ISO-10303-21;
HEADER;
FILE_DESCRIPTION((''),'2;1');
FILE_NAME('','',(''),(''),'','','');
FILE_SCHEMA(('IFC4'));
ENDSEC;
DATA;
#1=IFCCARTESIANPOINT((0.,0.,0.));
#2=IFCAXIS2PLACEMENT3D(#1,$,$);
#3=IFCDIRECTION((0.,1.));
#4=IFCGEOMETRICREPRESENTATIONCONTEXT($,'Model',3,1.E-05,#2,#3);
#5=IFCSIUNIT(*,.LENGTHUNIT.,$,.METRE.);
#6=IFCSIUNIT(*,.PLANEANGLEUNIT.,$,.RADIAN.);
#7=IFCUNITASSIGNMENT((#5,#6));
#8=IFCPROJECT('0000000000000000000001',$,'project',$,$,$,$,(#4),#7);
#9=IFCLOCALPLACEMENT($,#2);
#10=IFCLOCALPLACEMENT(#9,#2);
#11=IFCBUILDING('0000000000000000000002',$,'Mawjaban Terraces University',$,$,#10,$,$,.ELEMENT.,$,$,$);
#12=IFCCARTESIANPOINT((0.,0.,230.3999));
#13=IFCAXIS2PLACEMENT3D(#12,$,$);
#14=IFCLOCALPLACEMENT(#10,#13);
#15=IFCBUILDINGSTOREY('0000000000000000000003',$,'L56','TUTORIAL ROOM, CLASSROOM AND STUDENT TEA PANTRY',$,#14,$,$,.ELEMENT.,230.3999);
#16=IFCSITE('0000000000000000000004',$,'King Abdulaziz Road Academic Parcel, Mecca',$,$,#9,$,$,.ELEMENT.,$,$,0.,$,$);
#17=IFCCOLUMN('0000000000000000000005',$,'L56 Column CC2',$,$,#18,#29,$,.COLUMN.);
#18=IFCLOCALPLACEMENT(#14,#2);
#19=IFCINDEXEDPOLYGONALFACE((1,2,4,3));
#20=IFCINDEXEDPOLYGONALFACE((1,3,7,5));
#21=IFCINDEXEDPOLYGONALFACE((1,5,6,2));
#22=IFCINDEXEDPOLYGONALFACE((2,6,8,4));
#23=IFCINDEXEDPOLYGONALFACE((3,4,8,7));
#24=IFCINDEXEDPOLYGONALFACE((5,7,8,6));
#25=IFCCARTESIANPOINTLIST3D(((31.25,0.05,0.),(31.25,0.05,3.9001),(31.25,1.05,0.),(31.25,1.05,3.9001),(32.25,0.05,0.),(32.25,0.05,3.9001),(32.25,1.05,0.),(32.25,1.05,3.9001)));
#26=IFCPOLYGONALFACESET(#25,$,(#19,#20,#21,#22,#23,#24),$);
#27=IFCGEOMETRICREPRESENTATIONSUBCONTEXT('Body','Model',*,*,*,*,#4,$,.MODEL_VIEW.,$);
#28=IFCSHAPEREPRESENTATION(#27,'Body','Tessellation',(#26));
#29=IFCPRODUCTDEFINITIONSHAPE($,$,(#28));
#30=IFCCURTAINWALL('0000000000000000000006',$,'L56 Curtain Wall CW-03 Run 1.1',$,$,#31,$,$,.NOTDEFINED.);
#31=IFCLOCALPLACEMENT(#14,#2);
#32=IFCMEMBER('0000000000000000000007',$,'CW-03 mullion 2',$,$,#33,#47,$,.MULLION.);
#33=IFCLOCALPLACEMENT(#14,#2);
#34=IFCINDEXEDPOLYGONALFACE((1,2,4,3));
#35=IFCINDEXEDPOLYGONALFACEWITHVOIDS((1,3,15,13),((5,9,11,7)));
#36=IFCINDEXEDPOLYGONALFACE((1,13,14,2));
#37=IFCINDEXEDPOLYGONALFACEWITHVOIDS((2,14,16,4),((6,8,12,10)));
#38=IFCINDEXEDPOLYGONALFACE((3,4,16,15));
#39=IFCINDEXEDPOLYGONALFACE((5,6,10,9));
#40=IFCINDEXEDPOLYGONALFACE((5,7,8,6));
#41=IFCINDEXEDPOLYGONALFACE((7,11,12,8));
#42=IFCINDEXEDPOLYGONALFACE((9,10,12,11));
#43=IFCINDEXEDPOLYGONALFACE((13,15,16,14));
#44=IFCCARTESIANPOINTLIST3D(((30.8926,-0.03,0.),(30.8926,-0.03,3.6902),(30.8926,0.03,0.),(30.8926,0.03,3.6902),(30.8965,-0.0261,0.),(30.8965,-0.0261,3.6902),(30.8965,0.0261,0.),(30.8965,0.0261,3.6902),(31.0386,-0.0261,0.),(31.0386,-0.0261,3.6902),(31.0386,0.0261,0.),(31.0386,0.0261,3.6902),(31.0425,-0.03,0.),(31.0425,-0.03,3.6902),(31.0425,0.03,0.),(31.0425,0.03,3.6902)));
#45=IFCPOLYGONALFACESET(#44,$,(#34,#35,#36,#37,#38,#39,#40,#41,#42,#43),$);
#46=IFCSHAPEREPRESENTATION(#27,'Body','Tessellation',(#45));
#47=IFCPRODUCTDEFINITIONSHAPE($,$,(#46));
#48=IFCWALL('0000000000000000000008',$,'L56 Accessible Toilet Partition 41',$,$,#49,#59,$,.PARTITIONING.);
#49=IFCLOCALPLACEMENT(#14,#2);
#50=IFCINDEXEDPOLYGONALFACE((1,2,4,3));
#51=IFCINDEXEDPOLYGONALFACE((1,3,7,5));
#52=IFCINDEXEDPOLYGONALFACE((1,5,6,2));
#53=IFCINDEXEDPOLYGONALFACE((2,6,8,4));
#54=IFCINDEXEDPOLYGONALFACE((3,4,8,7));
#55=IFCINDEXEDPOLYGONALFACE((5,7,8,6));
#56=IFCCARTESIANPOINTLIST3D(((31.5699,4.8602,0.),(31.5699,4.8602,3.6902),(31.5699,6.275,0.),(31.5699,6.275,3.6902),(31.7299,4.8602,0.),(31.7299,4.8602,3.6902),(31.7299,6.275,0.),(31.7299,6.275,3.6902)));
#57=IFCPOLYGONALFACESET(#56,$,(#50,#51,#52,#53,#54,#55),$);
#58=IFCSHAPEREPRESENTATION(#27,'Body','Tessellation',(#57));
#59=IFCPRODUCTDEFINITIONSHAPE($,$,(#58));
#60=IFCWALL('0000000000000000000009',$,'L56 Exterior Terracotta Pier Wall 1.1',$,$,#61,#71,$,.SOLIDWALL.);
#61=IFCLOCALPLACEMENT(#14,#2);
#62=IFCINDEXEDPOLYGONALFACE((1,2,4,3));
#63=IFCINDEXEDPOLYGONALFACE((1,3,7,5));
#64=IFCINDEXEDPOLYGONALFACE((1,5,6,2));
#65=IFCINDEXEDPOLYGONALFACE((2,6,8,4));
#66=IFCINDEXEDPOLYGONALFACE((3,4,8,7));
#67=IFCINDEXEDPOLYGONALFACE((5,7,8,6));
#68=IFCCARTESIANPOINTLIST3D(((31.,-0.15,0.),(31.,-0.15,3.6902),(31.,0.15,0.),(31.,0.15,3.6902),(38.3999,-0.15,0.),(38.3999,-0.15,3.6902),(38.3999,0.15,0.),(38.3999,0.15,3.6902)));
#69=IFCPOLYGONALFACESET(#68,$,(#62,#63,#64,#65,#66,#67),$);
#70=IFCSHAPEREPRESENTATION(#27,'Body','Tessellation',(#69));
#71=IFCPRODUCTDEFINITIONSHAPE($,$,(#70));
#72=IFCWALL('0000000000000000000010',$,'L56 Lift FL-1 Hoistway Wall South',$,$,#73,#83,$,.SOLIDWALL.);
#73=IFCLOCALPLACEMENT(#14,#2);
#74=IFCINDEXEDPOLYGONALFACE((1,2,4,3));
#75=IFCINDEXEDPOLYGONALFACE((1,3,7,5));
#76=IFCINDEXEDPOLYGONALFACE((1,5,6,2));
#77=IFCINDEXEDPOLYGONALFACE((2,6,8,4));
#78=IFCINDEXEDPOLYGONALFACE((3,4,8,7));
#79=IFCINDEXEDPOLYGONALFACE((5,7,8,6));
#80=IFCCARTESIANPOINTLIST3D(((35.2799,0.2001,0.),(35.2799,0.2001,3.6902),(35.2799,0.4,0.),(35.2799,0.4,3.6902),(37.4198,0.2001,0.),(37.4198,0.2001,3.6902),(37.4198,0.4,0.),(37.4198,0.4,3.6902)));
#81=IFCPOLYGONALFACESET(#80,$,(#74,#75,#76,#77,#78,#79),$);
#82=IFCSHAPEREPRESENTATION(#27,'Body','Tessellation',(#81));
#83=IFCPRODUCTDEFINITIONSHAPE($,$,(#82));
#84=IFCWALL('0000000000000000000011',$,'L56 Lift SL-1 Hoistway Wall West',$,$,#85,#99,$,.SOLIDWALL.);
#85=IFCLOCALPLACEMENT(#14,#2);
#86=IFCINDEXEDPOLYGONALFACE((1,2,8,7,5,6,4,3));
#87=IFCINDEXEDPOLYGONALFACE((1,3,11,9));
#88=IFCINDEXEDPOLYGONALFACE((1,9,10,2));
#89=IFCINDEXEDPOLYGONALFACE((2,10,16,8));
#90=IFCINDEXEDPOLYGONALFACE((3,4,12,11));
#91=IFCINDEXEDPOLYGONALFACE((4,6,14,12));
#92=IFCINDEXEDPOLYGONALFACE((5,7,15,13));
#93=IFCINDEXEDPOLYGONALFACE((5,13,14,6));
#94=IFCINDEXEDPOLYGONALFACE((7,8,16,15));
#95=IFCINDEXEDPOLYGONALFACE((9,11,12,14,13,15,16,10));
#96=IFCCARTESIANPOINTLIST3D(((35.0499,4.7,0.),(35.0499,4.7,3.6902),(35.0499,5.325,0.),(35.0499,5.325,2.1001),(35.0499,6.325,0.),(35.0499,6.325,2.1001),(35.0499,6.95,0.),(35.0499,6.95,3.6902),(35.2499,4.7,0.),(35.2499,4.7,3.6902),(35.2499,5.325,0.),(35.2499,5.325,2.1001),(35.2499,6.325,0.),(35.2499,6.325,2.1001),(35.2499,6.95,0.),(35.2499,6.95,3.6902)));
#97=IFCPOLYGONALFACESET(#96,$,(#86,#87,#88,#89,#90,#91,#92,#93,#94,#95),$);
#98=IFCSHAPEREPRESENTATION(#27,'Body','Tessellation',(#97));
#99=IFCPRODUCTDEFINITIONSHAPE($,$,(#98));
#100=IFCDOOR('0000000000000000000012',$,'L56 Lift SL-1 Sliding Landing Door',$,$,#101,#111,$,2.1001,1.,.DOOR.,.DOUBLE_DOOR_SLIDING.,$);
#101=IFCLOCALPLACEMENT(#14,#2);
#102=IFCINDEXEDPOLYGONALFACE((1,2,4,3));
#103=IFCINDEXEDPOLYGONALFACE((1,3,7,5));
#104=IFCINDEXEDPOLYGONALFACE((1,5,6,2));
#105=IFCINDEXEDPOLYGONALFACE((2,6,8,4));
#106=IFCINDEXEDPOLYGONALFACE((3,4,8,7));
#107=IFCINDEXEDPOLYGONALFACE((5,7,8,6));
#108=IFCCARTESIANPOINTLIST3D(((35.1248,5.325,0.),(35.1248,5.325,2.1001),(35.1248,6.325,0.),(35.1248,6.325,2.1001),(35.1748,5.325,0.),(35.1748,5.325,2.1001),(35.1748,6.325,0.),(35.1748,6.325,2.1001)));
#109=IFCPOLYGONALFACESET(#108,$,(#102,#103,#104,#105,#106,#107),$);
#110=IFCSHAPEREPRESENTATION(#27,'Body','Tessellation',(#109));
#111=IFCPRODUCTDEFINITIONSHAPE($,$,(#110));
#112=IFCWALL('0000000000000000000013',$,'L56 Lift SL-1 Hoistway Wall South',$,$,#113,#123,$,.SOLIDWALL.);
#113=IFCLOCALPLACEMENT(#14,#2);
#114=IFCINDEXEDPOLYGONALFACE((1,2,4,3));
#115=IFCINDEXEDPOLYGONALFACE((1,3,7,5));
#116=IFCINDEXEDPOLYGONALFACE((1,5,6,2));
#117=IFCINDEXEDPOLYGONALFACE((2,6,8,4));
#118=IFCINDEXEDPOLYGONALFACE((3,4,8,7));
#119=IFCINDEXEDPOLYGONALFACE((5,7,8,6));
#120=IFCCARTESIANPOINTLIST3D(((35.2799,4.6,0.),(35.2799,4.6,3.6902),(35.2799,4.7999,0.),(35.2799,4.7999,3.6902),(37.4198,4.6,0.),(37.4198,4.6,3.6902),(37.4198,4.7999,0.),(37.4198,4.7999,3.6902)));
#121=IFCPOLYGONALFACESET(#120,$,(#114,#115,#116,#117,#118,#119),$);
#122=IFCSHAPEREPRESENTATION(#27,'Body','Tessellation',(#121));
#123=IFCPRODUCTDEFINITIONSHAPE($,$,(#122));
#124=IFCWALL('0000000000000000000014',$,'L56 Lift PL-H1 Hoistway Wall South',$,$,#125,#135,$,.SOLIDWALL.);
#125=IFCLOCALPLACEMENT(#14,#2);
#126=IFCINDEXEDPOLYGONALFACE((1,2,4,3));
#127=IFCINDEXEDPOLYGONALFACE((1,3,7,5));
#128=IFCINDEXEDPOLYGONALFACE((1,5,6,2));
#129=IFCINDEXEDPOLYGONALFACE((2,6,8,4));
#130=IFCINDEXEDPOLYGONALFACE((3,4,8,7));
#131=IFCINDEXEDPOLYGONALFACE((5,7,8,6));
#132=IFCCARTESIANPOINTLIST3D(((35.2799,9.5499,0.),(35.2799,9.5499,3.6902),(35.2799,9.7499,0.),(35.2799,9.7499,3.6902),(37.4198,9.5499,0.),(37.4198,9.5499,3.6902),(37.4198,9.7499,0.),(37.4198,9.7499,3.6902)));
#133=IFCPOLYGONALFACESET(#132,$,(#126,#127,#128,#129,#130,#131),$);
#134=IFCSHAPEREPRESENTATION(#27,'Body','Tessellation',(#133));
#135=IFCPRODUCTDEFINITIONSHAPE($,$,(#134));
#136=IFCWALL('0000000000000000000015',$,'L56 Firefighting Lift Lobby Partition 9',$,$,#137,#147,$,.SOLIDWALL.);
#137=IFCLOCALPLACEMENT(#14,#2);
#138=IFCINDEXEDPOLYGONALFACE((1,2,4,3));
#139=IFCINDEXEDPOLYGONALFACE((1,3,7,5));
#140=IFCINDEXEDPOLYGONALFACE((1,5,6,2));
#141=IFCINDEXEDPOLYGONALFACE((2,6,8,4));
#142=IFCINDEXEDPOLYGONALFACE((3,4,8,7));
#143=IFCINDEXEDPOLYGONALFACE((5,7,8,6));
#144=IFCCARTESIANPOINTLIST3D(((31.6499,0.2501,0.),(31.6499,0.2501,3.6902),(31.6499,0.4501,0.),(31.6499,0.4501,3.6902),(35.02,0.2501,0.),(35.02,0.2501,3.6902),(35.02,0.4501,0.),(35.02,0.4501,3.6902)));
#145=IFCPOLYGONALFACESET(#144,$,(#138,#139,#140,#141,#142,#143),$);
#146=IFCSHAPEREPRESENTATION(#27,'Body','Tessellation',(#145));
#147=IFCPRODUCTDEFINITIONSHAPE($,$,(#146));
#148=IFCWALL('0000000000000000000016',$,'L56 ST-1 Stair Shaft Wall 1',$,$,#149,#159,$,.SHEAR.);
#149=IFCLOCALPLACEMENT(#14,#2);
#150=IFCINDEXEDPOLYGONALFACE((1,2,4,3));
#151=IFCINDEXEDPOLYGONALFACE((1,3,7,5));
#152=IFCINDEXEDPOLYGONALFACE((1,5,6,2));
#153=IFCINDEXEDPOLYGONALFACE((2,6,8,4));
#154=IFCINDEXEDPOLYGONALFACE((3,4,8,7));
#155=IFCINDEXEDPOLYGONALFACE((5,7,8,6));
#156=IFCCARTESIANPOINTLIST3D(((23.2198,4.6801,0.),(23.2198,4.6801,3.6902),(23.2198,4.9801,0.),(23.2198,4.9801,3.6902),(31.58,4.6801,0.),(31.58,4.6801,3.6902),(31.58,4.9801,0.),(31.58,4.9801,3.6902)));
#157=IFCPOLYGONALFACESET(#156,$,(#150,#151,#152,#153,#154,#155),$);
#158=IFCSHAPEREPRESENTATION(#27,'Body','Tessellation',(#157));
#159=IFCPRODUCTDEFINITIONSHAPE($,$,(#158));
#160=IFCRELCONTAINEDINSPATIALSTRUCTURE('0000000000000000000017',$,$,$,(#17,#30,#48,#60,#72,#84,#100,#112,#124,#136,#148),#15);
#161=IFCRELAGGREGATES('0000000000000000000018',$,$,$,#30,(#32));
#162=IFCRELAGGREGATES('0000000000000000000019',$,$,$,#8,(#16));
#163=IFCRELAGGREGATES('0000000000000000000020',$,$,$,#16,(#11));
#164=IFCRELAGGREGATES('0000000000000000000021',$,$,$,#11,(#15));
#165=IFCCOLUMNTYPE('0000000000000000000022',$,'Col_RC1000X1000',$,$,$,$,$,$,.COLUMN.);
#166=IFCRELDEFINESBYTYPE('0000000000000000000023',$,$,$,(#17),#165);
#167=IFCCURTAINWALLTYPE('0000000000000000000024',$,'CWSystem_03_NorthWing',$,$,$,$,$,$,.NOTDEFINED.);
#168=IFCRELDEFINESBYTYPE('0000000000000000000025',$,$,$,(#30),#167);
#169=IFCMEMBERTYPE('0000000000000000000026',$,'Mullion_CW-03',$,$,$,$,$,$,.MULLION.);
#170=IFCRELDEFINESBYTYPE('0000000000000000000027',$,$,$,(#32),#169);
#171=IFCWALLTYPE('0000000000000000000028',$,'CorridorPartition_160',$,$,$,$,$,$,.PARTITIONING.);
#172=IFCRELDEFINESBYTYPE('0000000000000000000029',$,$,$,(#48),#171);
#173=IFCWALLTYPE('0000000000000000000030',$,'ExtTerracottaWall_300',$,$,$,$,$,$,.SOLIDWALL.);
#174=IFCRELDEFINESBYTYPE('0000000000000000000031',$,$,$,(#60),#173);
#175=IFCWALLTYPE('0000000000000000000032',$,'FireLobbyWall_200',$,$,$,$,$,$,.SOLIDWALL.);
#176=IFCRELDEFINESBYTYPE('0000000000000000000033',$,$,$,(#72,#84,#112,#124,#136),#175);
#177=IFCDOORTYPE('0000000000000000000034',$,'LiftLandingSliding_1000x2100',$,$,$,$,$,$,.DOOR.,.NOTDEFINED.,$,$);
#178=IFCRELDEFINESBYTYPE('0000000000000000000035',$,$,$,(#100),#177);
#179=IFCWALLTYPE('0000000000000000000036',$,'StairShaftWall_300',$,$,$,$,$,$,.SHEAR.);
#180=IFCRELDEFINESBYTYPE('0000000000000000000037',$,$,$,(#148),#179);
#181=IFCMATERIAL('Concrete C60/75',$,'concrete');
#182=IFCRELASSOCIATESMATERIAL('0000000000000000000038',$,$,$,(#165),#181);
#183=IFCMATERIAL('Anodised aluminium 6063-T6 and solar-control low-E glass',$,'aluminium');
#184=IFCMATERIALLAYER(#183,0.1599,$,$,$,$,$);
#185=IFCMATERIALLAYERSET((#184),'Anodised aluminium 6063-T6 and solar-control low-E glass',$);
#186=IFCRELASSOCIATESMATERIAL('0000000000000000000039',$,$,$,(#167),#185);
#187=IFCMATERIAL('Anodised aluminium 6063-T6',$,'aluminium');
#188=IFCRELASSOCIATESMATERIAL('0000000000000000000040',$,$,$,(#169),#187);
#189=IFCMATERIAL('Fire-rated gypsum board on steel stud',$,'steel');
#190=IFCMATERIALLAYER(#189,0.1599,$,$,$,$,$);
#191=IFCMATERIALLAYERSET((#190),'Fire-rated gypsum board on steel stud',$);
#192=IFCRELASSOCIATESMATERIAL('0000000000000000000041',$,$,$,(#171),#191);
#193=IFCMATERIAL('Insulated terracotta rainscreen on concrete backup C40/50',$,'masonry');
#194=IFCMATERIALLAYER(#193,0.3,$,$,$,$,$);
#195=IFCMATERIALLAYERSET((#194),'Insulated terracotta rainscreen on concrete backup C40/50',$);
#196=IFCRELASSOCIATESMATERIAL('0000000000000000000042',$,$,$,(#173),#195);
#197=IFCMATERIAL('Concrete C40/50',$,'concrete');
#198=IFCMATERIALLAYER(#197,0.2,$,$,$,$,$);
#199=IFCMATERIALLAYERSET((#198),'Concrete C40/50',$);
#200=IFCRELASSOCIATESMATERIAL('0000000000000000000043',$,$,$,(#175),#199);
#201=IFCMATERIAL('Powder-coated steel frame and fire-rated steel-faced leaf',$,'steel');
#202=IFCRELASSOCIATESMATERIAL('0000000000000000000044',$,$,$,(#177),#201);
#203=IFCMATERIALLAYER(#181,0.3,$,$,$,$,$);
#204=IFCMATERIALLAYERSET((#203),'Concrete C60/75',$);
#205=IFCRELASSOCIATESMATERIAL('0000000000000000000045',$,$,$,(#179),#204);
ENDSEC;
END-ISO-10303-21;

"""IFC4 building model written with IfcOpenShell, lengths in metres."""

from ifc_helpers import new_model, si_unit, direction, frame, frame_2d, origin, origin_2d, place, context, subcontext, project, spatial, rectangle, hollow_rectangle, extrude, material, layer, layer_set, material_profile, profile_set, type_object, element, fill, aggregate, save


model = new_model("IFC4")

# Units and contexts
model_context = context("Model", 3, precision=1e-05, world=origin(), true_north=direction((0.0, 1.0)))
body_context = subcontext(model_context, "Body", "Model", "MODEL_VIEW")
ifc_project = project(units=[si_unit("LENGTHUNIT", "METRE"), si_unit("PLANEANGLEUNIT", "RADIAN")], contexts=[model_context])

# Site, building, storey
site_placement = place(None, origin())
site = spatial("IfcSite", under=ifc_project, at=site_placement, Name="King Abdulaziz Road Academic Parcel, Mecca", CompositionType="ELEMENT", RefElevation=0.0)
building_placement = place(site_placement, origin())
building = spatial("IfcBuilding", under=site, at=building_placement, Name="Mawjaban Terraces University", CompositionType="ELEMENT")
storey_placement = place(building_placement, frame((0.0, 0.0, 230.3999)))
storey = spatial("IfcBuildingStorey", under=building, at=storey_placement, Name="L56", Description="TUTORIAL ROOM, CLASSROOM AND STUDENT TEA PANTRY", CompositionType="ELEMENT", Elevation=230.3999)

# Column
ifc_material_1 = material(Name="Concrete C60/75", Category="concrete")
ifc_material_profile_1 = material_profile(ifc_material_1, rectangle(XDim=1.0, YDim=1.0, at=origin_2d()), Name="RC1000X1000")
ifc_profile_set_1 = profile_set([ifc_material_profile_1], Name="Concrete C60/75")
column_type = type_object("IfcColumnType", Name="Col_RC1000X1000", PredefinedType="COLUMN", material=ifc_profile_set_1)
column_placement = place(storey_placement, frame((31.75, 0.55, 0.0), z_axis=(0.0, 0.0, 1.0), x_axis=(1.0, 0.0, 0.0)))
element("IfcColumn", 1, at=column_placement, inside=storey, type_object=column_type, Name="L56 Column CC2", PredefinedType="COLUMN", context=body_context, shape_type="SweptSolid", body=[
    extrude(rectangle(XDim=1.0, YDim=1.0, at=origin_2d()), origin(), (0.0, 0.0, 1.0), 3.9001),
])

# Curtain wall, member
ifc_material_2 = material(Name="Anodised aluminium 6063-T6 and solar-control low-E glass", Category="aluminium")
ifc_layer_1 = layer(ifc_material_2, 0.1599)
ifc_layer_set_1 = layer_set([ifc_layer_1], Name="Anodised aluminium 6063-T6 and solar-control low-E glass")
curtain_wall_type = type_object("IfcCurtainWallType", Name="CWSystem_03_NorthWing", PredefinedType="NOTDEFINED", material=ifc_layer_set_1)
curtain_wall_placement = place(storey_placement, origin())
curtain_wall = element("IfcCurtainWall", 2, at=curtain_wall_placement, inside=storey, type_object=curtain_wall_type, Name="L56 Curtain Wall CW-03 Run 1.1", PredefinedType="NOTDEFINED")
ifc_material_3 = material(Name="Anodised aluminium 6063-T6", Category="aluminium")
ifc_material_profile_2 = material_profile(ifc_material_3, hollow_rectangle(XDim=0.0601, YDim=0.1499, WallThickness=0.0039, at=origin_2d()), Name="ALU150X60X4")
ifc_profile_set_2 = profile_set([ifc_material_profile_2], Name="Anodised aluminium 6063-T6")
member_type = type_object("IfcMemberType", Name="Mullion_CW-03", PredefinedType="MULLION", material=ifc_profile_set_2)
member_placement = place(storey_placement, frame((30.9675, 0.0, 0.0), z_axis=(0.0, 0.0, 1.0), x_axis=(0.0, 1.0, 0.0)))
member = element("IfcMember", 3, at=member_placement, type_object=member_type, Name="CW-03 mullion 2", PredefinedType="MULLION", context=body_context, shape_type="SweptSolid", body=[
    extrude(hollow_rectangle(XDim=0.0601, YDim=0.1499, WallThickness=0.0039, at=origin_2d()), origin(), (0.0, 0.0, 1.0), 3.6902),
])
aggregate(curtain_wall, [member])

# Walls
ifc_material_4 = material(Name="Fire-rated gypsum board on steel stud", Category="steel")
ifc_layer_2 = layer(ifc_material_4, 0.1599)
ifc_layer_set_2 = layer_set([ifc_layer_2], Name="Fire-rated gypsum board on steel stud")
wall_type_1 = type_object("IfcWallType", Name="CorridorPartition_160", PredefinedType="PARTITIONING", material=ifc_layer_set_2)
wall_1_placement = place(storey_placement, frame((31.6499, 4.8601, 0.0), z_axis=(0.0, 0.0, 1.0), x_axis=(0.0, 1.0, 0.0)))
element("IfcWall", 4, at=wall_1_placement, inside=storey, type_object=wall_type_1, Name="L56 Accessible Toilet Partition 41", PredefinedType="PARTITIONING", context=body_context, shape_type="SweptSolid", body=[
    extrude(rectangle(XDim=1.4148, YDim=0.1599, at=frame_2d((0.7075, 0.0))), origin(), (0.0, 0.0, 1.0), 3.6902),
])
ifc_material_5 = material(Name="Insulated terracotta rainscreen on concrete backup C40/50", Category="masonry")
ifc_layer_3 = layer(ifc_material_5, 0.3)
ifc_layer_set_3 = layer_set([ifc_layer_3], Name="Insulated terracotta rainscreen on concrete backup C40/50")
wall_type_2 = type_object("IfcWallType", Name="ExtTerracottaWall_300", PredefinedType="SOLIDWALL", material=ifc_layer_set_3)
wall_2_placement = place(storey_placement, frame((31.0, 0.0, 0.0), z_axis=(0.0, 0.0, 1.0), x_axis=(1.0, 0.0, 0.0)))
element("IfcWall", 5, at=wall_2_placement, inside=storey, type_object=wall_type_2, Name="L56 Exterior Terracotta Pier Wall 1.1", PredefinedType="SOLIDWALL", context=body_context, shape_type="SweptSolid", body=[
    extrude(rectangle(XDim=7.3999, YDim=0.3, at=frame_2d((3.7, 0.0))), origin(), (0.0, 0.0, 1.0), 3.6902),
])

# Shared definitions
ifc_material_6 = material(Name="Concrete C40/50", Category="concrete")
ifc_layer_4 = layer(ifc_material_6, 0.2)
ifc_layer_set_4 = layer_set([ifc_layer_4], Name="Concrete C40/50")
wall_type_3 = type_object("IfcWallType", Name="FireLobbyWall_200", PredefinedType="SOLIDWALL", material=ifc_layer_set_4)
ifc_material_7 = material(Name="Powder-coated steel frame and fire-rated steel-faced leaf", Category="steel")

# Wall
wall_3_placement = place(storey_placement, frame((35.28, 0.3, 0.0), z_axis=(0.0, 0.0, 1.0), x_axis=(1.0, 0.0, 0.0)))
element("IfcWall", 6, at=wall_3_placement, inside=storey, type_object=wall_type_3, Name="L56 Lift FL-1 Hoistway Wall South", PredefinedType="SOLIDWALL", context=body_context, shape_type="SweptSolid", body=[
    extrude(rectangle(XDim=2.1399, YDim=0.2, at=frame_2d((1.0698, 0.0))), origin(), (0.0, 0.0, 1.0), 3.6902),
])

# Wall, opening, door
wall_4_placement = place(storey_placement, frame((35.1499, 6.95, 0.0), z_axis=(0.0, 0.0, 1.0), x_axis=(0.0, -1.0, 0.0)))
wall_4 = element("IfcWall", 7, at=wall_4_placement, inside=storey, type_object=wall_type_3, Name="L56 Lift SL-1 Hoistway Wall West", PredefinedType="SOLIDWALL", context=body_context, shape_type="SweptSolid", body=[
    extrude(rectangle(XDim=2.25, YDim=0.2, at=frame_2d((1.125, 0.0))), origin(), (0.0, 0.0, 1.0), 3.6902),
])
opening_1_placement = place(wall_4_placement, frame((0.625, 0.0, 0.0)))
opening_1 = element("IfcOpeningElement", 8, at=opening_1_placement, cuts=wall_4, PredefinedType="OPENING", context=body_context, shape_type="SweptSolid", body=[
    extrude(rectangle(XDim=1.0, YDim=2.1001, at=frame_2d((0.5, 1.05))), frame((0.0, 0.1099, 0.0), z_axis=(0.0, -1.0, 0.0), x_axis=(1.0, 0.0, 0.0)), (0.0, 0.0, 1.0), 0.22),
])
door_type_1 = type_object("IfcDoorType", Name="LiftLandingSliding_1000x2100", OperationType="NOTDEFINED", PredefinedType="DOOR", material=ifc_material_7)
door_1_placement = place(opening_1_placement, origin())
door_1 = element("IfcDoor", 9, at=door_1_placement, inside=storey, type_object=door_type_1, Name="L56 Lift SL-1 Sliding Landing Door", OperationType="DOUBLE_DOOR_SLIDING", OverallHeight=2.1001, OverallWidth=1.0, PredefinedType="DOOR", context=body_context, shape_type="SweptSolid", body=[
    extrude(rectangle(XDim=1.0, YDim=2.1001, at=frame_2d((0.5, 1.05))), frame((0.0, 0.0249, 0.0), z_axis=(0.0, -1.0, 0.0), x_axis=(1.0, 0.0, 0.0)), (0.0, 0.0, 1.0), 0.05),
])
fill(opening_1, door_1)

# Walls
for number, where, z_axis, x_axis, name in (
    (10, (35.28, 4.7, 0.0), (0.0, 0.0, 1.0), (1.0, 0.0, 0.0), "L56 Lift SL-1 Hoistway Wall South"),
    (11, (35.28, 9.6499, 0.0), (0.0, 0.0, 1.0), (1.0, 0.0, 0.0), "L56 Lift PL-H1 Hoistway Wall South"),
):
    element("IfcWall", number, at=place(storey_placement, frame(where, z_axis=z_axis, x_axis=x_axis)), inside=storey, type_object=wall_type_3, Name=name, PredefinedType="SOLIDWALL", context=body_context, shape_type="SweptSolid", body=[
        extrude(rectangle(XDim=2.1399, YDim=0.2, at=frame_2d((1.0698, 0.0))), origin(), (0.0, 0.0, 1.0), 3.6902),
    ])
wall_5_placement = place(storey_placement, frame((31.6499, 0.3501, 0.0), z_axis=(0.0, 0.0, 1.0), x_axis=(1.0, 0.0, 0.0)))
element("IfcWall", 12, at=wall_5_placement, inside=storey, type_object=wall_type_3, Name="L56 Firefighting Lift Lobby Partition 9", PredefinedType="SOLIDWALL", context=body_context, shape_type="SweptSolid", body=[
    extrude(rectangle(XDim=3.3701, YDim=0.2, at=frame_2d((1.6851, 0.0))), origin(), (0.0, 0.0, 1.0), 3.6902),
])

# Wall
ifc_layer_5 = layer(ifc_material_1, 0.3)
ifc_layer_set_5 = layer_set([ifc_layer_5], Name="Concrete C60/75")
wall_type_4 = type_object("IfcWallType", Name="StairShaftWall_300", PredefinedType="SHEAR", material=ifc_layer_set_5)
wall_6_placement = place(storey_placement, frame((31.5801, 4.8301, 0.0), z_axis=(0.0, 0.0, 1.0), x_axis=(-1.0, 0.0, 0.0)))
element("IfcWall", 13, at=wall_6_placement, inside=storey, type_object=wall_type_4, Name="L56 ST-1 Stair Shaft Wall 1", PredefinedType="SHEAR", context=body_context, shape_type="SweptSolid", body=[
    extrude(rectangle(XDim=8.3601, YDim=0.3, at=frame_2d((4.1802, 0.0))), origin(), (0.0, 0.0, 1.0), 3.6902),
])

save(model, "model.ifc")
